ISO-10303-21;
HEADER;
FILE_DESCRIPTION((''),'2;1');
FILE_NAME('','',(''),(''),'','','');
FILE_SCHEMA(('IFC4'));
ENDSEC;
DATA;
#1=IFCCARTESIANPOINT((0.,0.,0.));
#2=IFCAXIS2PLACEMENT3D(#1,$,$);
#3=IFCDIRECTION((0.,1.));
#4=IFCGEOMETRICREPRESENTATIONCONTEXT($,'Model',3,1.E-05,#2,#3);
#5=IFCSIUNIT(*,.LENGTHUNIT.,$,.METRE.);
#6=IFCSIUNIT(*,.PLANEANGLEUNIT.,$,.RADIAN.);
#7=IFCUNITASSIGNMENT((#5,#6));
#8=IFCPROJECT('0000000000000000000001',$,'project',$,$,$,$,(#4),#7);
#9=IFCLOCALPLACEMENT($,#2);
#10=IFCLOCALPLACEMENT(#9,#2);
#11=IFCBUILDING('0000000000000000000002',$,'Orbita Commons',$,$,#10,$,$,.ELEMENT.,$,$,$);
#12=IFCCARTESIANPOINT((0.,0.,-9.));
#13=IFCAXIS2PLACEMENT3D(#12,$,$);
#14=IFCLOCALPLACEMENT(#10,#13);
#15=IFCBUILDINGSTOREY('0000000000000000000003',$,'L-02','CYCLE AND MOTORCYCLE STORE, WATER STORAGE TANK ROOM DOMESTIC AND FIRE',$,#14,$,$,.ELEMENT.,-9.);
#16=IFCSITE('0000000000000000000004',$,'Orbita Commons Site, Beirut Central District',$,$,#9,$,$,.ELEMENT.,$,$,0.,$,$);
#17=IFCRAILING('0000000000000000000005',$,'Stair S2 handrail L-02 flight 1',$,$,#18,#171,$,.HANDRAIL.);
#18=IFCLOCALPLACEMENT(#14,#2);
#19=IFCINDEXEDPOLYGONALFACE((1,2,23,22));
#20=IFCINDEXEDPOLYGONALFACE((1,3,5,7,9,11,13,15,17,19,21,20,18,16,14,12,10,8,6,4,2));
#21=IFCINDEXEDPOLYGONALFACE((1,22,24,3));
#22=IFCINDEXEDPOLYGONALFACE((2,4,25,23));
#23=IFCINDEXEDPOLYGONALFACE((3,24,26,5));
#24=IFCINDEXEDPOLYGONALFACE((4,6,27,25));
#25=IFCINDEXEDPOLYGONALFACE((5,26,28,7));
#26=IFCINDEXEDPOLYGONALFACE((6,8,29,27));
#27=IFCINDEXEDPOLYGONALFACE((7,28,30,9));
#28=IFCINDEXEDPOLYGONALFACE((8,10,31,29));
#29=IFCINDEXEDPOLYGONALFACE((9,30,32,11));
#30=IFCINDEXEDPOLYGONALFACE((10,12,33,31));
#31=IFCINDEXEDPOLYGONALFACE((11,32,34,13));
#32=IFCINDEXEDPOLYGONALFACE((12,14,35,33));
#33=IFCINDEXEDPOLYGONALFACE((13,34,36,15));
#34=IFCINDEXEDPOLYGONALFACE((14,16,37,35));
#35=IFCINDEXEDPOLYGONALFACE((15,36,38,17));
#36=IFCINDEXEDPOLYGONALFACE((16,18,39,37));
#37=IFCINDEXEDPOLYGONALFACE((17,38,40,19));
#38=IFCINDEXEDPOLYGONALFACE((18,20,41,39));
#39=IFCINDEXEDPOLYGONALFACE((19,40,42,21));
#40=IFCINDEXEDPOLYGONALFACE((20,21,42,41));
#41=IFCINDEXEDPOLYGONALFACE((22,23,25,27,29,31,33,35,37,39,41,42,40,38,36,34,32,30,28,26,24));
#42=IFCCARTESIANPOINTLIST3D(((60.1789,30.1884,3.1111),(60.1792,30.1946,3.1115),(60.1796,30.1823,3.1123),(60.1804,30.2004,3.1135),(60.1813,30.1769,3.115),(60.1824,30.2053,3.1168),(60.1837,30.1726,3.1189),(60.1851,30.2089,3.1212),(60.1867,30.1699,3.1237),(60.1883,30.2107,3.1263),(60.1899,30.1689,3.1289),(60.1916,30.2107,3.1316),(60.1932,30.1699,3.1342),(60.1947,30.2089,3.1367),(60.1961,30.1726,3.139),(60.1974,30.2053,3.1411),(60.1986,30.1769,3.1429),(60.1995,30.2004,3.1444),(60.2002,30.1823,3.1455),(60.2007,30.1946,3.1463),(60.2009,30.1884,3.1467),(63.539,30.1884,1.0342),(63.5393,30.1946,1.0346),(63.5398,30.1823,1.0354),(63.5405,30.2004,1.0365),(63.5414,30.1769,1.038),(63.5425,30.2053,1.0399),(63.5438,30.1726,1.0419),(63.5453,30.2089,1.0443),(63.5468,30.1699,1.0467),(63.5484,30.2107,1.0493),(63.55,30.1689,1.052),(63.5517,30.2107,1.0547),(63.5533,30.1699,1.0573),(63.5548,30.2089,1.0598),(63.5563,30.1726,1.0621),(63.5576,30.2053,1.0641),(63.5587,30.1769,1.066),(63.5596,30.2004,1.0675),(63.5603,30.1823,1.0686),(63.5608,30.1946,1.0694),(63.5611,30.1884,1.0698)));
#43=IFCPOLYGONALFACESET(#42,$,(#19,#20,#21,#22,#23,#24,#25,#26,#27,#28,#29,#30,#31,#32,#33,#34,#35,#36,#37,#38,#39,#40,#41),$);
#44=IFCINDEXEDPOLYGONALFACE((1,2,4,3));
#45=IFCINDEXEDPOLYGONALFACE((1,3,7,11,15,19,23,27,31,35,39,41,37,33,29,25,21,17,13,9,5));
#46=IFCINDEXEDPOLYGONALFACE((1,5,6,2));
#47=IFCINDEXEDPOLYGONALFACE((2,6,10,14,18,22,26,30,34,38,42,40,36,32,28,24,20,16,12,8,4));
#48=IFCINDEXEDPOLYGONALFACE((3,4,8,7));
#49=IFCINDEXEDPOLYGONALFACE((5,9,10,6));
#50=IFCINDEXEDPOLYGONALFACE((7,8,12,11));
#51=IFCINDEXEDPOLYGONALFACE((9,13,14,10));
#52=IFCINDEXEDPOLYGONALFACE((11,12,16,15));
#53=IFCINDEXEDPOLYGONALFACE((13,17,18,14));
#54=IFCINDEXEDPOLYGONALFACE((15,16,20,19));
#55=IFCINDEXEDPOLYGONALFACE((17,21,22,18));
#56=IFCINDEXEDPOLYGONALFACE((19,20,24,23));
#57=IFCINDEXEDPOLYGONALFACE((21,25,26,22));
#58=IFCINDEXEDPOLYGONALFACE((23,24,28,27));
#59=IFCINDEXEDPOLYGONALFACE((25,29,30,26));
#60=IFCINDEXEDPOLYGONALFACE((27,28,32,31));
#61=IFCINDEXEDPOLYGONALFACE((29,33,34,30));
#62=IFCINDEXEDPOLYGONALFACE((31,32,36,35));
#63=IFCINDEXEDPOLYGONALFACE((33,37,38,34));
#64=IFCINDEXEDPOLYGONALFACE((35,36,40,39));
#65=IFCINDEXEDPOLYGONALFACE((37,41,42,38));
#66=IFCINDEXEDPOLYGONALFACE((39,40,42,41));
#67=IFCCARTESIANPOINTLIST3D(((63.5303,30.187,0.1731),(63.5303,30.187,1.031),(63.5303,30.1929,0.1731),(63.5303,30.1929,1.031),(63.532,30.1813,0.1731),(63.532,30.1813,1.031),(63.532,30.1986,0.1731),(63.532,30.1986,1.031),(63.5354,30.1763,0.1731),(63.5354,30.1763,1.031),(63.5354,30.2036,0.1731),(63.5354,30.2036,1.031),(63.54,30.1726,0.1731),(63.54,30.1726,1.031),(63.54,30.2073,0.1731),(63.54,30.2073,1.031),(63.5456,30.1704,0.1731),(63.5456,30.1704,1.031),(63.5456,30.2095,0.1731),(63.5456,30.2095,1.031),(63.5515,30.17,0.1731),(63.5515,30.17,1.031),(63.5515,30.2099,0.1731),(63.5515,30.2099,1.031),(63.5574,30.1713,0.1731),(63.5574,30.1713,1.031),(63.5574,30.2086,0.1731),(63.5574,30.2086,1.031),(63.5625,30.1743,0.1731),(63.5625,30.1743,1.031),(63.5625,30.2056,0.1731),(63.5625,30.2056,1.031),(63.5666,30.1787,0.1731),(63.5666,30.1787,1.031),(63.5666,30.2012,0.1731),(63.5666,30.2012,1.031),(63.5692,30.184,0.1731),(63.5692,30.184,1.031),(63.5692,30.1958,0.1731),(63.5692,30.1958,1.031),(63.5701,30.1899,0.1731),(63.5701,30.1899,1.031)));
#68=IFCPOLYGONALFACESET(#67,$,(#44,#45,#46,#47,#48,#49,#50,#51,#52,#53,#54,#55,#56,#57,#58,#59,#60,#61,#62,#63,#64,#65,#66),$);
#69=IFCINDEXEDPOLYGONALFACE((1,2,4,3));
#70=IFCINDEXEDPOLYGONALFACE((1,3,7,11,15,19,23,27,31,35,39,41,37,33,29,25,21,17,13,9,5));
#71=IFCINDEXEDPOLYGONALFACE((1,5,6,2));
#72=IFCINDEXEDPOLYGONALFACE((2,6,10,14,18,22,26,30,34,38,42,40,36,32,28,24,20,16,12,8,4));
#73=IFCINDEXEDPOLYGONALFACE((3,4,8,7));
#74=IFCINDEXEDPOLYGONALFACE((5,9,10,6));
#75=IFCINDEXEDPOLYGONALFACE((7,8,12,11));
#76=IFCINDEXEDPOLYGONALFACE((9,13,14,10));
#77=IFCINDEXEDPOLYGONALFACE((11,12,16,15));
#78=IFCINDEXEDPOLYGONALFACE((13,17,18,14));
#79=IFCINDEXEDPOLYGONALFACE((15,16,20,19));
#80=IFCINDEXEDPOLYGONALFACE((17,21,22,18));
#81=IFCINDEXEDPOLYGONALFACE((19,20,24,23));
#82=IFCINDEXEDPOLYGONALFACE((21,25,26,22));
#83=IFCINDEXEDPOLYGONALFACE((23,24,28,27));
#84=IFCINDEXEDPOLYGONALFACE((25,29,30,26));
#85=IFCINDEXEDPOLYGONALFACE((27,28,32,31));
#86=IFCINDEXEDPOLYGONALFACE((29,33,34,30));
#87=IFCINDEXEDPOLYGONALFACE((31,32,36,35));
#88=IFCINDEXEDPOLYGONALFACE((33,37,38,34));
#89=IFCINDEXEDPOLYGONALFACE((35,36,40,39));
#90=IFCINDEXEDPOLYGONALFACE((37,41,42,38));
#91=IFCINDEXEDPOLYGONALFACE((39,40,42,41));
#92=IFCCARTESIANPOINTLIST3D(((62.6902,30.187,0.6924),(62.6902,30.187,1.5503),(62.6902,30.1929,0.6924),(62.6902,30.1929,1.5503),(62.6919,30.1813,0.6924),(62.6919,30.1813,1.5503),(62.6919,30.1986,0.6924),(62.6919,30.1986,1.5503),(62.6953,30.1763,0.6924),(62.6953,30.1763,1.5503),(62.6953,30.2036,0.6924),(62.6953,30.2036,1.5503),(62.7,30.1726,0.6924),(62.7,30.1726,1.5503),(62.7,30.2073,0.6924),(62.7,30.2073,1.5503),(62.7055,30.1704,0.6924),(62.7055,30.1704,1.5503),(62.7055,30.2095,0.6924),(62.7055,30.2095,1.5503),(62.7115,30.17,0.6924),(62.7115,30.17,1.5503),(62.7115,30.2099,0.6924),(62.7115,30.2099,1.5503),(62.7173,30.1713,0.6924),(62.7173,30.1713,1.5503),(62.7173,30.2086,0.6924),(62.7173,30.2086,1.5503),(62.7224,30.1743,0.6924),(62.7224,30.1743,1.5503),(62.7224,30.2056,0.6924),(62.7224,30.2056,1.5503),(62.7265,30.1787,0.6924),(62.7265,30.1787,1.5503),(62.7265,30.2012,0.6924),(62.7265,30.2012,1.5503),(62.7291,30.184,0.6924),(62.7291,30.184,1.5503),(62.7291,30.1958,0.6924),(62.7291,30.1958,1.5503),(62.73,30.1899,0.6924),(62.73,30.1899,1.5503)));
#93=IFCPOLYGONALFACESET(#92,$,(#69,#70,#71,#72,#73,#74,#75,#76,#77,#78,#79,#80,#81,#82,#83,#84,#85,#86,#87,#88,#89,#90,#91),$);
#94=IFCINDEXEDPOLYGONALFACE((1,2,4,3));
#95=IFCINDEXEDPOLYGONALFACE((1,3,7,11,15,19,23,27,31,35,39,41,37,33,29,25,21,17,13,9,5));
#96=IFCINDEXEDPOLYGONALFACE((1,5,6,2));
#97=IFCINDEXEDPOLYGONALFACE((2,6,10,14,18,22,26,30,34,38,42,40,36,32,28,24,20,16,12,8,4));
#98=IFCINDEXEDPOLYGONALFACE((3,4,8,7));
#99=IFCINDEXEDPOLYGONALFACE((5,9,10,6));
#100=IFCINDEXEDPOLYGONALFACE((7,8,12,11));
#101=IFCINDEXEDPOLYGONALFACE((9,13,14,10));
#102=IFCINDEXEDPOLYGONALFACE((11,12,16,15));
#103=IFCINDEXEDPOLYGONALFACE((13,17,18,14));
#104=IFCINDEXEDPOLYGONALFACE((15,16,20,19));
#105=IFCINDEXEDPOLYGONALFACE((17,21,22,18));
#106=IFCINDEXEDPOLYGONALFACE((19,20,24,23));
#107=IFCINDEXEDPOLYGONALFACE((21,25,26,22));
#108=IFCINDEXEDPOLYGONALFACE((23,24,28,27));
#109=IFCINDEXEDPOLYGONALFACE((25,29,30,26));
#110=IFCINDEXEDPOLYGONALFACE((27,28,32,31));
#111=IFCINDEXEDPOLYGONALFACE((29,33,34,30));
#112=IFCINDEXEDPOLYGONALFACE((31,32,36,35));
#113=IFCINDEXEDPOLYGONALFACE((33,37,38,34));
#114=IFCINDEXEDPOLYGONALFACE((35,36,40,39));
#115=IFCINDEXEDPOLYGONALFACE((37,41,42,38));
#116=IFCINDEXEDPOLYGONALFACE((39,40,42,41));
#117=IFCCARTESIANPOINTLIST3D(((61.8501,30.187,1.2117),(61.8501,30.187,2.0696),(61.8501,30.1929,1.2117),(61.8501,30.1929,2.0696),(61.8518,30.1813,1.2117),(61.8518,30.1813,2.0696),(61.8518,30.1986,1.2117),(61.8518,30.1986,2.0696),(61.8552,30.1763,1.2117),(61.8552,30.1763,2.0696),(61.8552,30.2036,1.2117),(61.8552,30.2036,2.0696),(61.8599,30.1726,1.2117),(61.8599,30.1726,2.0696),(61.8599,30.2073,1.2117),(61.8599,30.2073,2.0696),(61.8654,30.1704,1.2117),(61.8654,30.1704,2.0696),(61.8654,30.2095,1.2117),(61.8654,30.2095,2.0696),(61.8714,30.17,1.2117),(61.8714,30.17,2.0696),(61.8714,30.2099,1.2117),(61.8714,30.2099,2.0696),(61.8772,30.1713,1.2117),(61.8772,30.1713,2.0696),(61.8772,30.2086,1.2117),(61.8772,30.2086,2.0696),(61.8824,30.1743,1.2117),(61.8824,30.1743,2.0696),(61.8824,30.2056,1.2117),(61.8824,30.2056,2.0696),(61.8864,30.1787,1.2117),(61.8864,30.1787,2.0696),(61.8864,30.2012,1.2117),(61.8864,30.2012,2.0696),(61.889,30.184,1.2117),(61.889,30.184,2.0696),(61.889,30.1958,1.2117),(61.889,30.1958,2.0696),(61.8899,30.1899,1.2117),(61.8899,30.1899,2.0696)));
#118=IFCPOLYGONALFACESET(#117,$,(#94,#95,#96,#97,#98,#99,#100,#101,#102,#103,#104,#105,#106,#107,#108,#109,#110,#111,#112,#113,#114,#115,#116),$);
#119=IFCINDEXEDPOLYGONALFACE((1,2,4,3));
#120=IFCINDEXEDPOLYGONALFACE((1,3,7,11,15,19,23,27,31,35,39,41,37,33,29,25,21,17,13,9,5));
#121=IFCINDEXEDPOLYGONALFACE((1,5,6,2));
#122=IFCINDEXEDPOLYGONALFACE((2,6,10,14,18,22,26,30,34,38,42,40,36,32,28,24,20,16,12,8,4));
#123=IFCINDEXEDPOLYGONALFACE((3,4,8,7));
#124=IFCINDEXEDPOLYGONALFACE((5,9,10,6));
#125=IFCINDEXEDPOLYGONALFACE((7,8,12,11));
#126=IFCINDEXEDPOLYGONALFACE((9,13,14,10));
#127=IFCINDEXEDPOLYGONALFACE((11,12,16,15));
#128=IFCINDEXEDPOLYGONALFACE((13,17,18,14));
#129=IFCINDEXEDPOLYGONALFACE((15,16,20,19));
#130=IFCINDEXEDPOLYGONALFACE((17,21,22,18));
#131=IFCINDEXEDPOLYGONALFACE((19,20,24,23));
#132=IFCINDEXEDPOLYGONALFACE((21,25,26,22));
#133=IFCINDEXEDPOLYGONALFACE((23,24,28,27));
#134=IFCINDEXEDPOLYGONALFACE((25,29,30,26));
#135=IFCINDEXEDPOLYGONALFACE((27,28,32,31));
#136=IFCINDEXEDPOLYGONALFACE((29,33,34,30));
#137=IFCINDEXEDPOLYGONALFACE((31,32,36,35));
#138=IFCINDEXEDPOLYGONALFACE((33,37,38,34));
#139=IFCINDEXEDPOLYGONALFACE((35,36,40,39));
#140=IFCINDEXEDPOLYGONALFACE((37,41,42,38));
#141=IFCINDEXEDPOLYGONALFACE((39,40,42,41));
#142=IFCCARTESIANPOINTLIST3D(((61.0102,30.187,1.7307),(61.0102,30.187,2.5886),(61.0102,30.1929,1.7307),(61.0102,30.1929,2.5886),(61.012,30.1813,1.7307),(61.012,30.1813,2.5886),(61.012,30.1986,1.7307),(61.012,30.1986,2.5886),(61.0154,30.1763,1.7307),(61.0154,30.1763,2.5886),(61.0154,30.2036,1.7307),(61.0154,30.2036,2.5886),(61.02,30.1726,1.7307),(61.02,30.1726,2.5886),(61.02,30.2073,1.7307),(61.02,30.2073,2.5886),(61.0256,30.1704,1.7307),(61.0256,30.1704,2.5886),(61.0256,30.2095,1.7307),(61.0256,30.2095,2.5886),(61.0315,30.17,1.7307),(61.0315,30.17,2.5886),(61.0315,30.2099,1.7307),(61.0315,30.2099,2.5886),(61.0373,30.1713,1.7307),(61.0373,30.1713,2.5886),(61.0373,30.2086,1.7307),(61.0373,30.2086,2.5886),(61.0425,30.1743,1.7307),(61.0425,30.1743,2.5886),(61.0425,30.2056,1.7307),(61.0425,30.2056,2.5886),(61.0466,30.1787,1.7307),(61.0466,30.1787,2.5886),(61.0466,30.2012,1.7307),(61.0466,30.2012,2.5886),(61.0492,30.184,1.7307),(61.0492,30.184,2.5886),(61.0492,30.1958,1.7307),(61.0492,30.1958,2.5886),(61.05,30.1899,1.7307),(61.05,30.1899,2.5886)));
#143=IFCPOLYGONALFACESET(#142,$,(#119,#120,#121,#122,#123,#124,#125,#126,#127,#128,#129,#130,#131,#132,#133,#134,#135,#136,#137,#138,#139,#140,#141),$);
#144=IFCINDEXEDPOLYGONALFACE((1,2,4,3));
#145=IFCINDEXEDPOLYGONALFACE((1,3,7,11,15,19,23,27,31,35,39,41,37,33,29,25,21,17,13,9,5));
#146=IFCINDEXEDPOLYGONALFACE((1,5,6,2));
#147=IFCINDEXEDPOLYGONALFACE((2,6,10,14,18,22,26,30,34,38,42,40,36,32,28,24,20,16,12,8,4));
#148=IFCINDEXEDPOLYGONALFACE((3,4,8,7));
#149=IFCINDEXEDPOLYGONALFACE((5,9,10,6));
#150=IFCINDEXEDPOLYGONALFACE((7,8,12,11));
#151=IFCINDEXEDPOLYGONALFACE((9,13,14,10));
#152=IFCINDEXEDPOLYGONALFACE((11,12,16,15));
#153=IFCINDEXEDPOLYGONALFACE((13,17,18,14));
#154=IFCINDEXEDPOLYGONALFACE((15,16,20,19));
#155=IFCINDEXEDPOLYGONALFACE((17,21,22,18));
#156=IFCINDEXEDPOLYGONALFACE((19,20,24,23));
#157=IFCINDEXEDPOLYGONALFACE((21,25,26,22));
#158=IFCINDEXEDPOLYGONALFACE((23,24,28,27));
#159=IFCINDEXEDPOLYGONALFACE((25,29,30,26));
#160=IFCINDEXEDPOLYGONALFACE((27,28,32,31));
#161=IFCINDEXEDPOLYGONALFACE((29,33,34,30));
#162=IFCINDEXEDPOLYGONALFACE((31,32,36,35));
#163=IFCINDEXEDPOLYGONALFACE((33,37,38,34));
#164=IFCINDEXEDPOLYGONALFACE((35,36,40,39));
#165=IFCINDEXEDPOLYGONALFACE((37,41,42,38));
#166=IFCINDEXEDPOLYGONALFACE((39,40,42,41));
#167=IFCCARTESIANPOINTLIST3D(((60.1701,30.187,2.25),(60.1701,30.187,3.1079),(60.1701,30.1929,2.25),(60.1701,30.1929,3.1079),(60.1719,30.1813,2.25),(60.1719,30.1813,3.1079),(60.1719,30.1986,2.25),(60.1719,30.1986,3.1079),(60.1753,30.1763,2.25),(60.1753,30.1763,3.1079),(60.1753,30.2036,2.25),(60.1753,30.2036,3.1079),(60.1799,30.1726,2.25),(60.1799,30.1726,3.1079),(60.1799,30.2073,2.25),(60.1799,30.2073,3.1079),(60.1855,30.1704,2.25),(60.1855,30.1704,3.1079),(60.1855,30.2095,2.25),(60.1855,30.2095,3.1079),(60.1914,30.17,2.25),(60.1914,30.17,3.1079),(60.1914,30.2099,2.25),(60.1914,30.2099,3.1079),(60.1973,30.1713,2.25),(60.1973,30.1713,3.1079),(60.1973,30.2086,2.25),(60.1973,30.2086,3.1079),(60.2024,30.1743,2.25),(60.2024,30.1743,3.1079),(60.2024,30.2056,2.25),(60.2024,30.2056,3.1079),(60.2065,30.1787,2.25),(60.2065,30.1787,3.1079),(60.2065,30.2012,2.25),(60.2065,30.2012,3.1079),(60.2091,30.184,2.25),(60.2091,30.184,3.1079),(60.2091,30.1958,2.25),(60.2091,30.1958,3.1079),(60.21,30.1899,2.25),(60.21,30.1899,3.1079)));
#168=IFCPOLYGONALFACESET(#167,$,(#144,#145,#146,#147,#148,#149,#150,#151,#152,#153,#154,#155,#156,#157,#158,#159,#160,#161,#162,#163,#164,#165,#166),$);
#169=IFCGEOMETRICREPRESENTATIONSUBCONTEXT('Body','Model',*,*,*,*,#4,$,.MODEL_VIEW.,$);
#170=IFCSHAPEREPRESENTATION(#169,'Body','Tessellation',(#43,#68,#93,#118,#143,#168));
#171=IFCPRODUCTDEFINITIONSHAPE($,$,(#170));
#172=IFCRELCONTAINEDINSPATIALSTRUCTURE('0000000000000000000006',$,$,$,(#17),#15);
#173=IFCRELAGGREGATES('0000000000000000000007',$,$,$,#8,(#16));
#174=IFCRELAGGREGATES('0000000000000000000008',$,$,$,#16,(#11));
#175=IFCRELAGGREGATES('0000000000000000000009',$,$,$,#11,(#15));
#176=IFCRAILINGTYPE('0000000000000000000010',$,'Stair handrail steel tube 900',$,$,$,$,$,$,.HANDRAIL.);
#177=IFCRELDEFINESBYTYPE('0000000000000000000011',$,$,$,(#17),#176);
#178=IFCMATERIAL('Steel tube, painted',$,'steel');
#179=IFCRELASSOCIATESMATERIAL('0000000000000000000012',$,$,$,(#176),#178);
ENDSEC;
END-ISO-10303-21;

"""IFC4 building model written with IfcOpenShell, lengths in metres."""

from ifc_helpers import new_model, si_unit, direction, frame, origin, origin_2d, place, context, subcontext, project, spatial, circle, extrude, material, type_object, element, save


model = new_model("IFC4")

# Units and contexts
model_context = context("Model", 3, precision=1e-05, world=origin(), true_north=direction((0.0, 1.0)))
body_context = subcontext(model_context, "Body", "Model", "MODEL_VIEW")
ifc_project = project(units=[si_unit("LENGTHUNIT", "METRE"), si_unit("PLANEANGLEUNIT", "RADIAN")], contexts=[model_context])

# Site, building, storey
site_placement = place(None, origin())
site = spatial("IfcSite", under=ifc_project, at=site_placement, Name="Orbita Commons Site, Beirut Central District", CompositionType="ELEMENT", RefElevation=0.0)
building_placement = place(site_placement, origin())
building = spatial("IfcBuilding", under=site, at=building_placement, Name="Orbita Commons", CompositionType="ELEMENT")
storey_placement = place(building_placement, frame((0.0, 0.0, -9.0)))
storey = spatial("IfcBuildingStorey", under=building, at=storey_placement, Name="L-02", Description="CYCLE AND MOTORCYCLE STORE, WATER STORAGE TANK ROOM DOMESTIC AND FIRE", CompositionType="ELEMENT", Elevation=-9.0)

# Railing
ifc_material_1 = material(Name="Steel tube, painted", Category="steel")
railing_type_1 = type_object("IfcRailingType", Name="Stair handrail steel tube 900", PredefinedType="HANDRAIL", material=ifc_material_1)
railing_1_placement = place(storey_placement, frame((63.55, 30.1899, 0.1731)))
element("IfcRailing", 1, at=railing_1_placement, inside=storey, type_object=railing_type_1, Name="Stair S2 handrail L-02 flight 1", PredefinedType="HANDRAIL", context=body_context, shape_type="SweptSolid", body=[
    extrude(circle(Radius=0.021, at=origin_2d()), frame((0.0, 0.0, 0.8789), z_axis=(-0.850623, 0.0, 0.525776), x_axis=(0.0, -1.0, 0.0)), (0.0, 0.0, 1.0), 3.9502),
    extrude(circle(Radius=0.02, at=origin_2d()), origin(), (0.0, 0.0, 1.0), 0.8579),
    extrude(circle(Radius=0.02, at=origin_2d()), frame((-0.8401, 0.0, 0.5193)), (0.0, 0.0, 1.0), 0.8579),
    extrude(circle(Radius=0.02, at=origin_2d()), frame((-1.6802, 0.0, 1.0386)), (0.0, 0.0, 1.0), 0.8579),
    extrude(circle(Radius=0.02, at=origin_2d()), frame((-2.52, 0.0, 1.5576)), (0.0, 0.0, 1.0), 0.8579),
    extrude(circle(Radius=0.02, at=origin_2d()), frame((-3.3601, 0.0, 2.0769)), (0.0, 0.0, 1.0), 0.8579),
])

save(model, "model.ifc")
